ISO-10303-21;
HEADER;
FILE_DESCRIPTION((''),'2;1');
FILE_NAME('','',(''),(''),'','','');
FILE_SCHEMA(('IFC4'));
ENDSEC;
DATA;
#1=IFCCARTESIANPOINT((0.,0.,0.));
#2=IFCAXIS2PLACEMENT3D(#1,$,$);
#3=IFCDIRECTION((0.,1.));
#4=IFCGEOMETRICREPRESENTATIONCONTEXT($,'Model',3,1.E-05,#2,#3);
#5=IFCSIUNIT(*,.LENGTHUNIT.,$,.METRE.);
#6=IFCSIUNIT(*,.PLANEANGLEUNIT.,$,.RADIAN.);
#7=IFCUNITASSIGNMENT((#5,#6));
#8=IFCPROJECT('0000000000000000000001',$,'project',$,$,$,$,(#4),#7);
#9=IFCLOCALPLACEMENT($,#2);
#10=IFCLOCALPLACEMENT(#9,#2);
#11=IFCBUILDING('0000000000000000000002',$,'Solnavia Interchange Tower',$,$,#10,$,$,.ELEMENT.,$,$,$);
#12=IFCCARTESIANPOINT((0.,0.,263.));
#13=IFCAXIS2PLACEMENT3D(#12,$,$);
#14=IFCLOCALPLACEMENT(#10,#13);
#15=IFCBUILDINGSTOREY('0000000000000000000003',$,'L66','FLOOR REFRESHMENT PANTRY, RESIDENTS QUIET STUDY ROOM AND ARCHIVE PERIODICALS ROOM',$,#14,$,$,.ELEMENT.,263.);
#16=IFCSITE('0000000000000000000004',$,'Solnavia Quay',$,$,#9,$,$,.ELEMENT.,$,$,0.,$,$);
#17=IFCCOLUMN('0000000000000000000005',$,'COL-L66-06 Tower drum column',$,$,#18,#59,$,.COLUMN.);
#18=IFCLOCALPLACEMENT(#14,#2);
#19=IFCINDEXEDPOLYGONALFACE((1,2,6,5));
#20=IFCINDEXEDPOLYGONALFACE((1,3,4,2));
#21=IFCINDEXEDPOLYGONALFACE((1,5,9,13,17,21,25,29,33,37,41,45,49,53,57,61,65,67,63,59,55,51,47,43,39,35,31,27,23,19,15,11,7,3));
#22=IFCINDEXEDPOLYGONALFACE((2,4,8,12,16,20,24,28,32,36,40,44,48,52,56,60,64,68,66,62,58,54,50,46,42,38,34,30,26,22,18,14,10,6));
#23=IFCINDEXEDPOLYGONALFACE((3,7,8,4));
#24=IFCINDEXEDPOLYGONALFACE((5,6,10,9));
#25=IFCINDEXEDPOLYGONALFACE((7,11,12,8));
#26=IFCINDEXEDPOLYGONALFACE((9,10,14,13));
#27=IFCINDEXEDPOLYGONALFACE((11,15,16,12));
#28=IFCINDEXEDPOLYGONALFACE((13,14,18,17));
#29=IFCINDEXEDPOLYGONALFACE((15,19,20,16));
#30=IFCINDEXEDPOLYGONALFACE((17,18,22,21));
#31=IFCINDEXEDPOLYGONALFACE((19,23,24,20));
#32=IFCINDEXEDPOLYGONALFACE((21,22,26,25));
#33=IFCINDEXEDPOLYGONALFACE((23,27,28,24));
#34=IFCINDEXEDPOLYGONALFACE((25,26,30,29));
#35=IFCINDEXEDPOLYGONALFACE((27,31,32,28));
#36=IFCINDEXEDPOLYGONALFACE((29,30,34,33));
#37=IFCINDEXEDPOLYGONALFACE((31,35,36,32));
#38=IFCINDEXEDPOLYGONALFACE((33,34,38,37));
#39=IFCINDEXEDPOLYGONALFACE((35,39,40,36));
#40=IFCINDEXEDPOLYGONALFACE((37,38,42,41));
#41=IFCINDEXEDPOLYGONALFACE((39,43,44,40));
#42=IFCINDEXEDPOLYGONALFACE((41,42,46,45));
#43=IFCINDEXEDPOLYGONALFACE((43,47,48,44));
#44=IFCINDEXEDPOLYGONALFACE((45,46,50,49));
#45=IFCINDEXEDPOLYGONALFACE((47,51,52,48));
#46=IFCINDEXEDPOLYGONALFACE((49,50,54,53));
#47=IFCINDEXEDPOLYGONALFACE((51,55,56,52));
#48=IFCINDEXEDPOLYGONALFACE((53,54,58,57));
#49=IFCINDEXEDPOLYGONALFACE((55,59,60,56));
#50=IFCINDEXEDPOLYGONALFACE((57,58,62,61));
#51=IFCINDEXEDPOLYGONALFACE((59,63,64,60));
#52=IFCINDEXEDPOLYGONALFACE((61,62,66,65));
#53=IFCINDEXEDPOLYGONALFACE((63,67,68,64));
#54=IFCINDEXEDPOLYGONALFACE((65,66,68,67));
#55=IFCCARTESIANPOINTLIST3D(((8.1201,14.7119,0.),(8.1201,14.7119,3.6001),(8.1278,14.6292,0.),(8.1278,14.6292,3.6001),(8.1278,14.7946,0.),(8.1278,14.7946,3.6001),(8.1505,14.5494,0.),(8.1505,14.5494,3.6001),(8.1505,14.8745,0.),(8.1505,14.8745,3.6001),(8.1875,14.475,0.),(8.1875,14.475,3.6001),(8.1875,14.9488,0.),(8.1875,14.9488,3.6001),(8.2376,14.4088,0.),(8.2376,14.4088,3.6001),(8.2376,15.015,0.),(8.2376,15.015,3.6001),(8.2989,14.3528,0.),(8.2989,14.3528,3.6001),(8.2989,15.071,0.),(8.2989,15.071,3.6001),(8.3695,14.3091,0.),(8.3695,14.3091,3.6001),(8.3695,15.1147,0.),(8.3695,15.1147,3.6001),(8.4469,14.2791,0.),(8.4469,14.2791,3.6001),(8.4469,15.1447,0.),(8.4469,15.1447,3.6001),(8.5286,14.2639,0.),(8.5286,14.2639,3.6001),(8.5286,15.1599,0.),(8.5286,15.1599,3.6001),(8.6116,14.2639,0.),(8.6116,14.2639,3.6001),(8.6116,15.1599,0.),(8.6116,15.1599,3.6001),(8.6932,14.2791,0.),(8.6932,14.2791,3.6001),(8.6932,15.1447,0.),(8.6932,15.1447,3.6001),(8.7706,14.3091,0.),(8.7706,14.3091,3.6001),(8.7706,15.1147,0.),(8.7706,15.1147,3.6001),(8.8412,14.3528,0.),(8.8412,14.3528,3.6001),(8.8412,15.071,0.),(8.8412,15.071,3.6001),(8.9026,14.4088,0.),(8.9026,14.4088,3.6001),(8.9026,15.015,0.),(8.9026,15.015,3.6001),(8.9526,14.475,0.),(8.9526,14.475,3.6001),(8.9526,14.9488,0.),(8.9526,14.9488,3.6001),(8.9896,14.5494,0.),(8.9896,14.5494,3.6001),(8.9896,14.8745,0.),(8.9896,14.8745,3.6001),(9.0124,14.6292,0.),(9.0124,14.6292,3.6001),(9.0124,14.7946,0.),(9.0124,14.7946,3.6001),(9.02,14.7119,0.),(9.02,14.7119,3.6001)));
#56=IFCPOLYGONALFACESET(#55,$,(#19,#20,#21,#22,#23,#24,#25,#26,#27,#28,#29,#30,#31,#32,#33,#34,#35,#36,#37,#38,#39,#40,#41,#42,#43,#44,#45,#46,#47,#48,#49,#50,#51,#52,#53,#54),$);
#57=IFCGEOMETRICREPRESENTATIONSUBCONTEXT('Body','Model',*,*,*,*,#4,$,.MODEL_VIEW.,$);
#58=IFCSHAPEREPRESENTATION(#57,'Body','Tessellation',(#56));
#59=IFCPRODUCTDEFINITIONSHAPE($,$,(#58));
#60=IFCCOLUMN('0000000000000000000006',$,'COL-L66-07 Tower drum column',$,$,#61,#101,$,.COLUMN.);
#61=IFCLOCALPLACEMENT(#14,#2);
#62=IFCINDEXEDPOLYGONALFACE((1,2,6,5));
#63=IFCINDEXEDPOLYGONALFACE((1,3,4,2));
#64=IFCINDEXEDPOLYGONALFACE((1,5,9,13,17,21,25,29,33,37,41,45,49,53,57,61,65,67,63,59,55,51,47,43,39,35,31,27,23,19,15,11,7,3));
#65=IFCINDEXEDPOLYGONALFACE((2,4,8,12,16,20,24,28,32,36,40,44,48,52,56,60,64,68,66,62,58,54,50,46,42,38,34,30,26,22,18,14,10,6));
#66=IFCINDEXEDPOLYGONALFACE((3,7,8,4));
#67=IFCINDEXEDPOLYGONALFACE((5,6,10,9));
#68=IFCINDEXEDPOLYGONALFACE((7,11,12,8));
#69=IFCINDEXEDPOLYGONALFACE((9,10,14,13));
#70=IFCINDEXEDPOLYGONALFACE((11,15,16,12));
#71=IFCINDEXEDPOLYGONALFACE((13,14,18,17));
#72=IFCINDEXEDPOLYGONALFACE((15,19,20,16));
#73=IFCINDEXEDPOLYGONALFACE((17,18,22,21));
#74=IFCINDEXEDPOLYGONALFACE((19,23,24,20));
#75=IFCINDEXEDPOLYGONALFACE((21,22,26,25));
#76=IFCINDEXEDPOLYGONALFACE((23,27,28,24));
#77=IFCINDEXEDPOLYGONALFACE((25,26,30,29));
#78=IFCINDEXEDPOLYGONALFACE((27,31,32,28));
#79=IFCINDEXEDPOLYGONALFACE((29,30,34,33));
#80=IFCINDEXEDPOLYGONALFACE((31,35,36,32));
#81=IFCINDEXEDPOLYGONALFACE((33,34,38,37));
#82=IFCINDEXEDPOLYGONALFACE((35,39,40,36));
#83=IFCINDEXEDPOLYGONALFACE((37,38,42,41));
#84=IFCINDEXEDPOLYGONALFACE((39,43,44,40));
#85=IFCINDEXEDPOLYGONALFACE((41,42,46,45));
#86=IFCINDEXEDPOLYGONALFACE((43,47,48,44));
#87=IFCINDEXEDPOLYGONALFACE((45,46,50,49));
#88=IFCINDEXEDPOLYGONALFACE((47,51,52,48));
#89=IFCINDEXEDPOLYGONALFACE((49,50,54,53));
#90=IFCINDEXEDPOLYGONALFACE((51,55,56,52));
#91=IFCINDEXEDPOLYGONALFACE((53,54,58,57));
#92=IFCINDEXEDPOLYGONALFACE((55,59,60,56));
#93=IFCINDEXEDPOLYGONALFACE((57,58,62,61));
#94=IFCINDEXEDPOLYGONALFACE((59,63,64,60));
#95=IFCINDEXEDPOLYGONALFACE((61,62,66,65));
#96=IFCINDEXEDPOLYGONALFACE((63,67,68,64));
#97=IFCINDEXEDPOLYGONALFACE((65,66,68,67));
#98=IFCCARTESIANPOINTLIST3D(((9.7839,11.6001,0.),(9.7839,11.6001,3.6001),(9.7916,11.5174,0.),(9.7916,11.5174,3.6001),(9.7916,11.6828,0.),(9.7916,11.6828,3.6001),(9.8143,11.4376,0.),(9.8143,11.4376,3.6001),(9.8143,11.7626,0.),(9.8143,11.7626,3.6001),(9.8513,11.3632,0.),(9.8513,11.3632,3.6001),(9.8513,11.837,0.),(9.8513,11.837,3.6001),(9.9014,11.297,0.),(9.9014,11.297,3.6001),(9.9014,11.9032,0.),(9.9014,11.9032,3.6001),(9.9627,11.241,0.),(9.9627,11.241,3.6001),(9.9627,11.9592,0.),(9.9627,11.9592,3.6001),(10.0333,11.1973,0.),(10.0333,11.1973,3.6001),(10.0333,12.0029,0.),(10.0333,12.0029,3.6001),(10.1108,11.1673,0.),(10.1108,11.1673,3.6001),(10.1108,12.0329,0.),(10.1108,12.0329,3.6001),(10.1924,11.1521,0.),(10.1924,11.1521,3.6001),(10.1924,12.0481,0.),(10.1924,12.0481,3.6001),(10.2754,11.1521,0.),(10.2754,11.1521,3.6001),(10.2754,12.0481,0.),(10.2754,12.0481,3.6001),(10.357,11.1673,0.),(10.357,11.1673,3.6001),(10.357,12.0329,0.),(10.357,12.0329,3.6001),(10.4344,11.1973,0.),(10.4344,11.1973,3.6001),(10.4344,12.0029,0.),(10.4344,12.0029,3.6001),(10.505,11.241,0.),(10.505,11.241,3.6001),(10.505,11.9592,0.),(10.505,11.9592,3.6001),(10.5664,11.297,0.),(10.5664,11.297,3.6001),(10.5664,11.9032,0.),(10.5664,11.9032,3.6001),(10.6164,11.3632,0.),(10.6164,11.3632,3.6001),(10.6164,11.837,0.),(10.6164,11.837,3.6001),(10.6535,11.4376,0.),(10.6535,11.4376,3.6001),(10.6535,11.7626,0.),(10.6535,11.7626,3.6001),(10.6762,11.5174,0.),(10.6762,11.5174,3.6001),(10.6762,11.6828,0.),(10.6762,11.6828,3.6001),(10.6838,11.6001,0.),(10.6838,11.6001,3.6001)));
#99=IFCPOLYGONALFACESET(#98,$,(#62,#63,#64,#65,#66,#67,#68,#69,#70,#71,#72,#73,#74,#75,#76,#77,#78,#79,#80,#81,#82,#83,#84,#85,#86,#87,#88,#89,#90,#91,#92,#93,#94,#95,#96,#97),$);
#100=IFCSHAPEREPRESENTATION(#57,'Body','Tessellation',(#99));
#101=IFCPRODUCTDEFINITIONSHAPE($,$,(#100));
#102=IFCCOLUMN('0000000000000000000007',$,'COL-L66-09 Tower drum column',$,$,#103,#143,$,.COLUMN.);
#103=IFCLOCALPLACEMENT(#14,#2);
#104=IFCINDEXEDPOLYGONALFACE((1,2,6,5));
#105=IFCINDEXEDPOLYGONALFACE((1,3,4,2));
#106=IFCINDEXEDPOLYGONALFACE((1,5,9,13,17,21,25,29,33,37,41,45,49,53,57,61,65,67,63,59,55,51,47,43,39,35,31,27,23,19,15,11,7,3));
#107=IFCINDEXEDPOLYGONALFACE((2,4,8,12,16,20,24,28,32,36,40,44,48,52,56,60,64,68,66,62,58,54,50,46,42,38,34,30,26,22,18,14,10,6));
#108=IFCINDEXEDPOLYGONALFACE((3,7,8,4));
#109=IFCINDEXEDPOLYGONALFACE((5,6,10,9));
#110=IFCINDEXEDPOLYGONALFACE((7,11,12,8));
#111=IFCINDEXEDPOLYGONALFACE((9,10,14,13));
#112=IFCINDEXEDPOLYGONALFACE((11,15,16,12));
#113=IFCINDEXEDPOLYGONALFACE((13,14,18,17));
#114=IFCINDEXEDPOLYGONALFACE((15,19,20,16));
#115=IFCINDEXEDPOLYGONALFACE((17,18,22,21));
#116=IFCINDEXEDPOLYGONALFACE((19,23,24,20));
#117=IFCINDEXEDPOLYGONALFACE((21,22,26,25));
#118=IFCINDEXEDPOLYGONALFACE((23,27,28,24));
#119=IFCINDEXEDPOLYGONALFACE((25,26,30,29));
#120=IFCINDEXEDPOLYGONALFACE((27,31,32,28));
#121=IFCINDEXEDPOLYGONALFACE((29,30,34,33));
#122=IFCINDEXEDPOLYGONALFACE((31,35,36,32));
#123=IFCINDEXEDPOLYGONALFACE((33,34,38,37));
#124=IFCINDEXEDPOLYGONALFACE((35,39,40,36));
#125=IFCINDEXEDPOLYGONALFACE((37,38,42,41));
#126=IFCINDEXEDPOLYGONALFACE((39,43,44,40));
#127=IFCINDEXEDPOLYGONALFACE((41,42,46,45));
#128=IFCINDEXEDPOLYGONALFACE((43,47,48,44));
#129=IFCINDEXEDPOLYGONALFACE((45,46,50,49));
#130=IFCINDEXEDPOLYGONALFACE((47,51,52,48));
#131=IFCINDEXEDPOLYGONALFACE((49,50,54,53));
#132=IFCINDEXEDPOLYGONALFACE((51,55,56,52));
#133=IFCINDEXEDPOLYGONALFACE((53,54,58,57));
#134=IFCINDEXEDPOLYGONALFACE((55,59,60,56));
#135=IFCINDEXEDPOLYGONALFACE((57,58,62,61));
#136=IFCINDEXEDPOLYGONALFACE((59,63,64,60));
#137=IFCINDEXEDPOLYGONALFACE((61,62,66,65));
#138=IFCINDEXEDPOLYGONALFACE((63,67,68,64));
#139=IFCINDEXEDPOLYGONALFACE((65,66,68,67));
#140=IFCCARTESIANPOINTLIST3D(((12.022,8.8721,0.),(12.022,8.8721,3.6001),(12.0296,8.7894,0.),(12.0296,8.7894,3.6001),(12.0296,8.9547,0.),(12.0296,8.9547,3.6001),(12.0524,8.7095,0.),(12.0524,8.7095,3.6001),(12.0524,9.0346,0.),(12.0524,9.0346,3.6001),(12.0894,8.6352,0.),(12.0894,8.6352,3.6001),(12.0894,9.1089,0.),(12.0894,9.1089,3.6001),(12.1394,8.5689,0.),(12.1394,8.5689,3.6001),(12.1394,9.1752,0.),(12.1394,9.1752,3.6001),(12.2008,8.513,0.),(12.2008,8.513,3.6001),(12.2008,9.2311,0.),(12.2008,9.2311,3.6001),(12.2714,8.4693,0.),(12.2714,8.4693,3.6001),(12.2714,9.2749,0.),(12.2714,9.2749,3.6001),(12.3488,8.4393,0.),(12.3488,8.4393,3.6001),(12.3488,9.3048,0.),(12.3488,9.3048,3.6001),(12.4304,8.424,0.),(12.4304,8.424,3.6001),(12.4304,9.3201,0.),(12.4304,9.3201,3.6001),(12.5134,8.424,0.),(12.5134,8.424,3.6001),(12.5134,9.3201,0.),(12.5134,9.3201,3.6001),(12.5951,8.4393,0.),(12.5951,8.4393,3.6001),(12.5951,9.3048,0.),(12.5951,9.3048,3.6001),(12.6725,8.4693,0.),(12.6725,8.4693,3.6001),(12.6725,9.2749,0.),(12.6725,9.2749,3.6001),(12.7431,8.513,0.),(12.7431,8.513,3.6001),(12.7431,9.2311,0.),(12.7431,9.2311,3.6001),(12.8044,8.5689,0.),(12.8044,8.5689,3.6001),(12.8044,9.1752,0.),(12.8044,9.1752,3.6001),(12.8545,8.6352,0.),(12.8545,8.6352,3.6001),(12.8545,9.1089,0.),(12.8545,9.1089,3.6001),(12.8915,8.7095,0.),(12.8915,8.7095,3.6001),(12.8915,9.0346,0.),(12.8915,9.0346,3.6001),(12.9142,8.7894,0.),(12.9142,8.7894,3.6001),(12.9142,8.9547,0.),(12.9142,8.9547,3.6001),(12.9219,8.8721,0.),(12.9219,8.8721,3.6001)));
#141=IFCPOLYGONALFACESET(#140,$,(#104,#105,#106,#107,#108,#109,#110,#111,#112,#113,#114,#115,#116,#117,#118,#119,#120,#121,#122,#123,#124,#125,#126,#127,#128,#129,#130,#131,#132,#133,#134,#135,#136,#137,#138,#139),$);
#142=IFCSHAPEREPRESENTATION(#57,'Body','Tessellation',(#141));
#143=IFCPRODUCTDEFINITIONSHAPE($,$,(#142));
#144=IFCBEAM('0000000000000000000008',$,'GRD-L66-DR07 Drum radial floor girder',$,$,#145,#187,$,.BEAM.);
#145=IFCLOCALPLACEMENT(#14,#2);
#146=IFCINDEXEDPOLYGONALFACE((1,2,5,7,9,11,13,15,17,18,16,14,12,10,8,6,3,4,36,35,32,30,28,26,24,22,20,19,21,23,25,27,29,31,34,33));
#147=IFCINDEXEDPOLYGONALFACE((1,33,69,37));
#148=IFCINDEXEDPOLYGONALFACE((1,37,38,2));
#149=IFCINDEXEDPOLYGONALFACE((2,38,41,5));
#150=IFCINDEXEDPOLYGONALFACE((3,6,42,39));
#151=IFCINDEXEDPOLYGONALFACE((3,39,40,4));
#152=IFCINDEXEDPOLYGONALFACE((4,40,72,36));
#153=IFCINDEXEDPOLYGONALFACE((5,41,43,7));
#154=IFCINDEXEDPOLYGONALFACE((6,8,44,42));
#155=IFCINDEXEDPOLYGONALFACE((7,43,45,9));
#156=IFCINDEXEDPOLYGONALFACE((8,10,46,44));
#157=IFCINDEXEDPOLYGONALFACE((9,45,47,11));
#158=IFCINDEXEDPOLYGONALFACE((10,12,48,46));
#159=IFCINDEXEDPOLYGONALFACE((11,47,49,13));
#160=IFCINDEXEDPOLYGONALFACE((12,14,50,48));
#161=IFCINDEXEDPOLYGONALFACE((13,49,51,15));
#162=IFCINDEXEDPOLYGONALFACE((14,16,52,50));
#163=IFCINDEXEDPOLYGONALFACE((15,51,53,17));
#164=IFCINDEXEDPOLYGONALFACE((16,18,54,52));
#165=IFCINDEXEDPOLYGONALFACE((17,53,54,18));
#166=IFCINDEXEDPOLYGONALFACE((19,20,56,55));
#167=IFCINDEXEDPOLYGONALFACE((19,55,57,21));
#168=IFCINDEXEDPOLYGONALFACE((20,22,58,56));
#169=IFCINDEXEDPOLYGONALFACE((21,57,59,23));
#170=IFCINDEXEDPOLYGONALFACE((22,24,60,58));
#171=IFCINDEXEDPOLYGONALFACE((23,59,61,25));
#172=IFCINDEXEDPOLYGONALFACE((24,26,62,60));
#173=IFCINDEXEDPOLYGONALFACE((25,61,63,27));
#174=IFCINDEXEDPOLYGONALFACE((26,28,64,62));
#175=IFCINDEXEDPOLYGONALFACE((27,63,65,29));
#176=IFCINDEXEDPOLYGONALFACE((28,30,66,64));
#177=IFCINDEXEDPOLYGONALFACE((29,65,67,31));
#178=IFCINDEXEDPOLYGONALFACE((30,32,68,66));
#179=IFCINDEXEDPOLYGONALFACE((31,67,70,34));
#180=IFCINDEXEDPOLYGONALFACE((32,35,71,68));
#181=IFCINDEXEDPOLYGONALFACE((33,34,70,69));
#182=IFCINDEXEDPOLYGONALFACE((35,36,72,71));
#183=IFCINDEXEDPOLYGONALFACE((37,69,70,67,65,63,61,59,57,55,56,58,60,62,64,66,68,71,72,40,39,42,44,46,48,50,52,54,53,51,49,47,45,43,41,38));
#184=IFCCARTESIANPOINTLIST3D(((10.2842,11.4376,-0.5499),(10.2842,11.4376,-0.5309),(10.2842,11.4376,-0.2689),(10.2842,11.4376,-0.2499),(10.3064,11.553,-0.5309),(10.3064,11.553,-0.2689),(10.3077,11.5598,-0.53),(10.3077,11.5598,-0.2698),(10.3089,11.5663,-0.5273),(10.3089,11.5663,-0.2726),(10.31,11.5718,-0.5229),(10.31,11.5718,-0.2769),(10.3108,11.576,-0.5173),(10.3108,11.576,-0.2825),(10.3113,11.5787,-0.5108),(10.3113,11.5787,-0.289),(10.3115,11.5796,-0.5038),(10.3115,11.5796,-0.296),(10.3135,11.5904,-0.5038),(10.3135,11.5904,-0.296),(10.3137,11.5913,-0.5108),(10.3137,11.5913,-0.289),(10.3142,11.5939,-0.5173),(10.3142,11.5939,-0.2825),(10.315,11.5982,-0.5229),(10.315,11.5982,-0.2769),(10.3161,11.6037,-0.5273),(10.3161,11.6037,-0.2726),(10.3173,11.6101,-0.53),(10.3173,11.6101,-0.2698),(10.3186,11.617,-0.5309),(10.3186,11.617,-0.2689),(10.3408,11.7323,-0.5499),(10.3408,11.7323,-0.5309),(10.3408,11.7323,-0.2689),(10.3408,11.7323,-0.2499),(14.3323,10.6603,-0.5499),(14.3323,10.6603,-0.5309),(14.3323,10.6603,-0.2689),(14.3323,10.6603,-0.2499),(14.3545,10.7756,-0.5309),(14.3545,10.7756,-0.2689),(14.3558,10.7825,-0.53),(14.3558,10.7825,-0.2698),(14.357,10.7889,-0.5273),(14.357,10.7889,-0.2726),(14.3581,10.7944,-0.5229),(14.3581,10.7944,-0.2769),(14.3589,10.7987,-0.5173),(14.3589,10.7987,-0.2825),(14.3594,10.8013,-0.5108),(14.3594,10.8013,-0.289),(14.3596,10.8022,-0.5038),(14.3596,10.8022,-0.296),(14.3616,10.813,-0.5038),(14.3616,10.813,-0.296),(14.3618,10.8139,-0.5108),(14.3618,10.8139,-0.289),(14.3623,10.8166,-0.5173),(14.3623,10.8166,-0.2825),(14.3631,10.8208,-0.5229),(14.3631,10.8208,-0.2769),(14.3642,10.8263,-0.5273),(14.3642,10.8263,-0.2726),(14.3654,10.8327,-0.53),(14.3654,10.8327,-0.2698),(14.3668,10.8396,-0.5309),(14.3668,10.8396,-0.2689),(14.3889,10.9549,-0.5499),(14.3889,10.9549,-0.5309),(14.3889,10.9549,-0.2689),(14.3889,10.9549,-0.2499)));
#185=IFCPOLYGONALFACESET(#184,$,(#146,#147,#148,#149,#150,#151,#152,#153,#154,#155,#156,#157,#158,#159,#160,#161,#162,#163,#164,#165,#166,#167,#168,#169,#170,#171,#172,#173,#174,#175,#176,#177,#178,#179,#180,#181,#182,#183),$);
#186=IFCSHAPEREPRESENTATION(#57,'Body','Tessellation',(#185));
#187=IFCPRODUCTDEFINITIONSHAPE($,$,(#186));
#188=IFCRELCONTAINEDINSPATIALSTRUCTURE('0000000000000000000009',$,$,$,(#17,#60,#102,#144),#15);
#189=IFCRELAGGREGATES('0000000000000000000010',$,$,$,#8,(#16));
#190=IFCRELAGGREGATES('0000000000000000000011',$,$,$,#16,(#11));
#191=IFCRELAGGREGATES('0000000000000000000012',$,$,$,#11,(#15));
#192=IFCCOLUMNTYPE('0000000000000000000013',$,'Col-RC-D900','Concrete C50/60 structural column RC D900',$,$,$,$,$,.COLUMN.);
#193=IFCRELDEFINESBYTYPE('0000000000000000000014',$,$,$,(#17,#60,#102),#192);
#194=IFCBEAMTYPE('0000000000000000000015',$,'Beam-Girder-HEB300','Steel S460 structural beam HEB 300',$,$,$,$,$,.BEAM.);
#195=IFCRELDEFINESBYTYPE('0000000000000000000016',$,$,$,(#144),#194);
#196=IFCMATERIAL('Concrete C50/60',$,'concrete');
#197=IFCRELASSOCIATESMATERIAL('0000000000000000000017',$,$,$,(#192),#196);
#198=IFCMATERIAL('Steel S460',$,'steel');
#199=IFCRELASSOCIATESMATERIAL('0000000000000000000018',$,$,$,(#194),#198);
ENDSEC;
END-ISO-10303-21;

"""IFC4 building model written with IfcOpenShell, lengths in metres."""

from ifc_helpers import new_model, si_unit, direction, frame, origin, origin_2d, place, context, subcontext, project, spatial, circle, i_section, extrude, material, material_profile, profile_set, type_object, element, save


model = new_model("IFC4")

# Units and contexts
model_context = context("Model", 3, precision=1e-05, world=origin(), true_north=direction((0.0, 1.0)))
body_context = subcontext(model_context, "Body", "Model", "MODEL_VIEW")
ifc_project = project(units=[si_unit("LENGTHUNIT", "METRE"), si_unit("PLANEANGLEUNIT", "RADIAN")], contexts=[model_context])

# Site, building, storey
site_placement = place(None, origin())
site = spatial("IfcSite", under=ifc_project, at=site_placement, Name="Solnavia Quay", CompositionType="ELEMENT", RefElevation=0.0)
building_placement = place(site_placement, origin())
building = spatial("IfcBuilding", under=site, at=building_placement, Name="Solnavia Interchange Tower", CompositionType="ELEMENT")
storey_placement = place(building_placement, frame((0.0, 0.0, 263.0)))
storey = spatial("IfcBuildingStorey", under=building, at=storey_placement, Name="L66", Description="FLOOR REFRESHMENT PANTRY, RESIDENTS QUIET STUDY ROOM AND ARCHIVE PERIODICALS ROOM", CompositionType="ELEMENT", Elevation=263.0)

# Columns
ifc_material_1 = material(Name="Concrete C50/60", Category="concrete")
ifc_material_profile_1 = material_profile(ifc_material_1, circle(Radius=0.45, at=origin_2d()), Name="RC D900")
ifc_profile_set_1 = profile_set([ifc_material_profile_1], Name="Concrete C50/60")
column_type = type_object("IfcColumnType", Name="Col-RC-D900", Description="Concrete C50/60 structural column RC D900", PredefinedType="COLUMN", material=ifc_profile_set_1)
for number, where, z_axis, x_axis, name in (
    (1, (8.5701, 14.7119, 0.0), (0.0, 0.0, 1.0), (1.0, 0.0, 0.0), "COL-L66-06 Tower drum column"),
    (2, (10.2339, 11.6001, 0.0), (0.0, 0.0, 1.0), (1.0, 0.0, 0.0), "COL-L66-07 Tower drum column"),
    (3, (12.4719, 8.8721, 0.0), (0.0, 0.0, 1.0), (1.0, 0.0, 0.0), "COL-L66-09 Tower drum column"),
):
    element("IfcColumn", number, at=place(storey_placement, frame(where, z_axis=z_axis, x_axis=x_axis)), inside=storey, type_object=column_type, Name=name, PredefinedType="COLUMN", context=body_context, shape_type="SweptSolid", body=[
        extrude(circle(Radius=0.45, at=origin_2d()), origin(), (0.0, 0.0, 1.0), 3.6001),
    ])

# Beam
ifc_material_2 = material(Name="Steel S460", Category="steel")
ifc_material_profile_2 = material_profile(ifc_material_2, i_section(OverallWidth=0.3, OverallDepth=0.3, WebThickness=0.011, FlangeThickness=0.019, FilletRadius=0.0271, at=origin_2d()), Name="HEB 300")
ifc_profile_set_2 = profile_set([ifc_material_profile_2], Name="Steel S460")
beam_type_1 = type_object("IfcBeamType", Name="Beam-Girder-HEB300", Description="Steel S460 structural beam HEB 300", PredefinedType="BEAM", material=ifc_profile_set_2)
beam_1_placement = place(storey_placement, frame((10.3125, 11.585, -0.3999), z_axis=(0.982058, -0.188582, 0.0), x_axis=(0.188582, 0.982058, 0.0)))
element("IfcBeam", 4, at=beam_1_placement, inside=storey, type_object=beam_type_1, Name="GRD-L66-DR07 Drum radial floor girder", PredefinedType="BEAM", context=body_context, shape_type="SweptSolid", body=[
    extrude(i_section(OverallWidth=0.3, OverallDepth=0.3, WebThickness=0.011, FlangeThickness=0.019, FilletRadius=0.0271, at=origin_2d()), origin(), (0.0, 0.0, 1.0), 4.1221),
])

save(model, "model.ifc")
